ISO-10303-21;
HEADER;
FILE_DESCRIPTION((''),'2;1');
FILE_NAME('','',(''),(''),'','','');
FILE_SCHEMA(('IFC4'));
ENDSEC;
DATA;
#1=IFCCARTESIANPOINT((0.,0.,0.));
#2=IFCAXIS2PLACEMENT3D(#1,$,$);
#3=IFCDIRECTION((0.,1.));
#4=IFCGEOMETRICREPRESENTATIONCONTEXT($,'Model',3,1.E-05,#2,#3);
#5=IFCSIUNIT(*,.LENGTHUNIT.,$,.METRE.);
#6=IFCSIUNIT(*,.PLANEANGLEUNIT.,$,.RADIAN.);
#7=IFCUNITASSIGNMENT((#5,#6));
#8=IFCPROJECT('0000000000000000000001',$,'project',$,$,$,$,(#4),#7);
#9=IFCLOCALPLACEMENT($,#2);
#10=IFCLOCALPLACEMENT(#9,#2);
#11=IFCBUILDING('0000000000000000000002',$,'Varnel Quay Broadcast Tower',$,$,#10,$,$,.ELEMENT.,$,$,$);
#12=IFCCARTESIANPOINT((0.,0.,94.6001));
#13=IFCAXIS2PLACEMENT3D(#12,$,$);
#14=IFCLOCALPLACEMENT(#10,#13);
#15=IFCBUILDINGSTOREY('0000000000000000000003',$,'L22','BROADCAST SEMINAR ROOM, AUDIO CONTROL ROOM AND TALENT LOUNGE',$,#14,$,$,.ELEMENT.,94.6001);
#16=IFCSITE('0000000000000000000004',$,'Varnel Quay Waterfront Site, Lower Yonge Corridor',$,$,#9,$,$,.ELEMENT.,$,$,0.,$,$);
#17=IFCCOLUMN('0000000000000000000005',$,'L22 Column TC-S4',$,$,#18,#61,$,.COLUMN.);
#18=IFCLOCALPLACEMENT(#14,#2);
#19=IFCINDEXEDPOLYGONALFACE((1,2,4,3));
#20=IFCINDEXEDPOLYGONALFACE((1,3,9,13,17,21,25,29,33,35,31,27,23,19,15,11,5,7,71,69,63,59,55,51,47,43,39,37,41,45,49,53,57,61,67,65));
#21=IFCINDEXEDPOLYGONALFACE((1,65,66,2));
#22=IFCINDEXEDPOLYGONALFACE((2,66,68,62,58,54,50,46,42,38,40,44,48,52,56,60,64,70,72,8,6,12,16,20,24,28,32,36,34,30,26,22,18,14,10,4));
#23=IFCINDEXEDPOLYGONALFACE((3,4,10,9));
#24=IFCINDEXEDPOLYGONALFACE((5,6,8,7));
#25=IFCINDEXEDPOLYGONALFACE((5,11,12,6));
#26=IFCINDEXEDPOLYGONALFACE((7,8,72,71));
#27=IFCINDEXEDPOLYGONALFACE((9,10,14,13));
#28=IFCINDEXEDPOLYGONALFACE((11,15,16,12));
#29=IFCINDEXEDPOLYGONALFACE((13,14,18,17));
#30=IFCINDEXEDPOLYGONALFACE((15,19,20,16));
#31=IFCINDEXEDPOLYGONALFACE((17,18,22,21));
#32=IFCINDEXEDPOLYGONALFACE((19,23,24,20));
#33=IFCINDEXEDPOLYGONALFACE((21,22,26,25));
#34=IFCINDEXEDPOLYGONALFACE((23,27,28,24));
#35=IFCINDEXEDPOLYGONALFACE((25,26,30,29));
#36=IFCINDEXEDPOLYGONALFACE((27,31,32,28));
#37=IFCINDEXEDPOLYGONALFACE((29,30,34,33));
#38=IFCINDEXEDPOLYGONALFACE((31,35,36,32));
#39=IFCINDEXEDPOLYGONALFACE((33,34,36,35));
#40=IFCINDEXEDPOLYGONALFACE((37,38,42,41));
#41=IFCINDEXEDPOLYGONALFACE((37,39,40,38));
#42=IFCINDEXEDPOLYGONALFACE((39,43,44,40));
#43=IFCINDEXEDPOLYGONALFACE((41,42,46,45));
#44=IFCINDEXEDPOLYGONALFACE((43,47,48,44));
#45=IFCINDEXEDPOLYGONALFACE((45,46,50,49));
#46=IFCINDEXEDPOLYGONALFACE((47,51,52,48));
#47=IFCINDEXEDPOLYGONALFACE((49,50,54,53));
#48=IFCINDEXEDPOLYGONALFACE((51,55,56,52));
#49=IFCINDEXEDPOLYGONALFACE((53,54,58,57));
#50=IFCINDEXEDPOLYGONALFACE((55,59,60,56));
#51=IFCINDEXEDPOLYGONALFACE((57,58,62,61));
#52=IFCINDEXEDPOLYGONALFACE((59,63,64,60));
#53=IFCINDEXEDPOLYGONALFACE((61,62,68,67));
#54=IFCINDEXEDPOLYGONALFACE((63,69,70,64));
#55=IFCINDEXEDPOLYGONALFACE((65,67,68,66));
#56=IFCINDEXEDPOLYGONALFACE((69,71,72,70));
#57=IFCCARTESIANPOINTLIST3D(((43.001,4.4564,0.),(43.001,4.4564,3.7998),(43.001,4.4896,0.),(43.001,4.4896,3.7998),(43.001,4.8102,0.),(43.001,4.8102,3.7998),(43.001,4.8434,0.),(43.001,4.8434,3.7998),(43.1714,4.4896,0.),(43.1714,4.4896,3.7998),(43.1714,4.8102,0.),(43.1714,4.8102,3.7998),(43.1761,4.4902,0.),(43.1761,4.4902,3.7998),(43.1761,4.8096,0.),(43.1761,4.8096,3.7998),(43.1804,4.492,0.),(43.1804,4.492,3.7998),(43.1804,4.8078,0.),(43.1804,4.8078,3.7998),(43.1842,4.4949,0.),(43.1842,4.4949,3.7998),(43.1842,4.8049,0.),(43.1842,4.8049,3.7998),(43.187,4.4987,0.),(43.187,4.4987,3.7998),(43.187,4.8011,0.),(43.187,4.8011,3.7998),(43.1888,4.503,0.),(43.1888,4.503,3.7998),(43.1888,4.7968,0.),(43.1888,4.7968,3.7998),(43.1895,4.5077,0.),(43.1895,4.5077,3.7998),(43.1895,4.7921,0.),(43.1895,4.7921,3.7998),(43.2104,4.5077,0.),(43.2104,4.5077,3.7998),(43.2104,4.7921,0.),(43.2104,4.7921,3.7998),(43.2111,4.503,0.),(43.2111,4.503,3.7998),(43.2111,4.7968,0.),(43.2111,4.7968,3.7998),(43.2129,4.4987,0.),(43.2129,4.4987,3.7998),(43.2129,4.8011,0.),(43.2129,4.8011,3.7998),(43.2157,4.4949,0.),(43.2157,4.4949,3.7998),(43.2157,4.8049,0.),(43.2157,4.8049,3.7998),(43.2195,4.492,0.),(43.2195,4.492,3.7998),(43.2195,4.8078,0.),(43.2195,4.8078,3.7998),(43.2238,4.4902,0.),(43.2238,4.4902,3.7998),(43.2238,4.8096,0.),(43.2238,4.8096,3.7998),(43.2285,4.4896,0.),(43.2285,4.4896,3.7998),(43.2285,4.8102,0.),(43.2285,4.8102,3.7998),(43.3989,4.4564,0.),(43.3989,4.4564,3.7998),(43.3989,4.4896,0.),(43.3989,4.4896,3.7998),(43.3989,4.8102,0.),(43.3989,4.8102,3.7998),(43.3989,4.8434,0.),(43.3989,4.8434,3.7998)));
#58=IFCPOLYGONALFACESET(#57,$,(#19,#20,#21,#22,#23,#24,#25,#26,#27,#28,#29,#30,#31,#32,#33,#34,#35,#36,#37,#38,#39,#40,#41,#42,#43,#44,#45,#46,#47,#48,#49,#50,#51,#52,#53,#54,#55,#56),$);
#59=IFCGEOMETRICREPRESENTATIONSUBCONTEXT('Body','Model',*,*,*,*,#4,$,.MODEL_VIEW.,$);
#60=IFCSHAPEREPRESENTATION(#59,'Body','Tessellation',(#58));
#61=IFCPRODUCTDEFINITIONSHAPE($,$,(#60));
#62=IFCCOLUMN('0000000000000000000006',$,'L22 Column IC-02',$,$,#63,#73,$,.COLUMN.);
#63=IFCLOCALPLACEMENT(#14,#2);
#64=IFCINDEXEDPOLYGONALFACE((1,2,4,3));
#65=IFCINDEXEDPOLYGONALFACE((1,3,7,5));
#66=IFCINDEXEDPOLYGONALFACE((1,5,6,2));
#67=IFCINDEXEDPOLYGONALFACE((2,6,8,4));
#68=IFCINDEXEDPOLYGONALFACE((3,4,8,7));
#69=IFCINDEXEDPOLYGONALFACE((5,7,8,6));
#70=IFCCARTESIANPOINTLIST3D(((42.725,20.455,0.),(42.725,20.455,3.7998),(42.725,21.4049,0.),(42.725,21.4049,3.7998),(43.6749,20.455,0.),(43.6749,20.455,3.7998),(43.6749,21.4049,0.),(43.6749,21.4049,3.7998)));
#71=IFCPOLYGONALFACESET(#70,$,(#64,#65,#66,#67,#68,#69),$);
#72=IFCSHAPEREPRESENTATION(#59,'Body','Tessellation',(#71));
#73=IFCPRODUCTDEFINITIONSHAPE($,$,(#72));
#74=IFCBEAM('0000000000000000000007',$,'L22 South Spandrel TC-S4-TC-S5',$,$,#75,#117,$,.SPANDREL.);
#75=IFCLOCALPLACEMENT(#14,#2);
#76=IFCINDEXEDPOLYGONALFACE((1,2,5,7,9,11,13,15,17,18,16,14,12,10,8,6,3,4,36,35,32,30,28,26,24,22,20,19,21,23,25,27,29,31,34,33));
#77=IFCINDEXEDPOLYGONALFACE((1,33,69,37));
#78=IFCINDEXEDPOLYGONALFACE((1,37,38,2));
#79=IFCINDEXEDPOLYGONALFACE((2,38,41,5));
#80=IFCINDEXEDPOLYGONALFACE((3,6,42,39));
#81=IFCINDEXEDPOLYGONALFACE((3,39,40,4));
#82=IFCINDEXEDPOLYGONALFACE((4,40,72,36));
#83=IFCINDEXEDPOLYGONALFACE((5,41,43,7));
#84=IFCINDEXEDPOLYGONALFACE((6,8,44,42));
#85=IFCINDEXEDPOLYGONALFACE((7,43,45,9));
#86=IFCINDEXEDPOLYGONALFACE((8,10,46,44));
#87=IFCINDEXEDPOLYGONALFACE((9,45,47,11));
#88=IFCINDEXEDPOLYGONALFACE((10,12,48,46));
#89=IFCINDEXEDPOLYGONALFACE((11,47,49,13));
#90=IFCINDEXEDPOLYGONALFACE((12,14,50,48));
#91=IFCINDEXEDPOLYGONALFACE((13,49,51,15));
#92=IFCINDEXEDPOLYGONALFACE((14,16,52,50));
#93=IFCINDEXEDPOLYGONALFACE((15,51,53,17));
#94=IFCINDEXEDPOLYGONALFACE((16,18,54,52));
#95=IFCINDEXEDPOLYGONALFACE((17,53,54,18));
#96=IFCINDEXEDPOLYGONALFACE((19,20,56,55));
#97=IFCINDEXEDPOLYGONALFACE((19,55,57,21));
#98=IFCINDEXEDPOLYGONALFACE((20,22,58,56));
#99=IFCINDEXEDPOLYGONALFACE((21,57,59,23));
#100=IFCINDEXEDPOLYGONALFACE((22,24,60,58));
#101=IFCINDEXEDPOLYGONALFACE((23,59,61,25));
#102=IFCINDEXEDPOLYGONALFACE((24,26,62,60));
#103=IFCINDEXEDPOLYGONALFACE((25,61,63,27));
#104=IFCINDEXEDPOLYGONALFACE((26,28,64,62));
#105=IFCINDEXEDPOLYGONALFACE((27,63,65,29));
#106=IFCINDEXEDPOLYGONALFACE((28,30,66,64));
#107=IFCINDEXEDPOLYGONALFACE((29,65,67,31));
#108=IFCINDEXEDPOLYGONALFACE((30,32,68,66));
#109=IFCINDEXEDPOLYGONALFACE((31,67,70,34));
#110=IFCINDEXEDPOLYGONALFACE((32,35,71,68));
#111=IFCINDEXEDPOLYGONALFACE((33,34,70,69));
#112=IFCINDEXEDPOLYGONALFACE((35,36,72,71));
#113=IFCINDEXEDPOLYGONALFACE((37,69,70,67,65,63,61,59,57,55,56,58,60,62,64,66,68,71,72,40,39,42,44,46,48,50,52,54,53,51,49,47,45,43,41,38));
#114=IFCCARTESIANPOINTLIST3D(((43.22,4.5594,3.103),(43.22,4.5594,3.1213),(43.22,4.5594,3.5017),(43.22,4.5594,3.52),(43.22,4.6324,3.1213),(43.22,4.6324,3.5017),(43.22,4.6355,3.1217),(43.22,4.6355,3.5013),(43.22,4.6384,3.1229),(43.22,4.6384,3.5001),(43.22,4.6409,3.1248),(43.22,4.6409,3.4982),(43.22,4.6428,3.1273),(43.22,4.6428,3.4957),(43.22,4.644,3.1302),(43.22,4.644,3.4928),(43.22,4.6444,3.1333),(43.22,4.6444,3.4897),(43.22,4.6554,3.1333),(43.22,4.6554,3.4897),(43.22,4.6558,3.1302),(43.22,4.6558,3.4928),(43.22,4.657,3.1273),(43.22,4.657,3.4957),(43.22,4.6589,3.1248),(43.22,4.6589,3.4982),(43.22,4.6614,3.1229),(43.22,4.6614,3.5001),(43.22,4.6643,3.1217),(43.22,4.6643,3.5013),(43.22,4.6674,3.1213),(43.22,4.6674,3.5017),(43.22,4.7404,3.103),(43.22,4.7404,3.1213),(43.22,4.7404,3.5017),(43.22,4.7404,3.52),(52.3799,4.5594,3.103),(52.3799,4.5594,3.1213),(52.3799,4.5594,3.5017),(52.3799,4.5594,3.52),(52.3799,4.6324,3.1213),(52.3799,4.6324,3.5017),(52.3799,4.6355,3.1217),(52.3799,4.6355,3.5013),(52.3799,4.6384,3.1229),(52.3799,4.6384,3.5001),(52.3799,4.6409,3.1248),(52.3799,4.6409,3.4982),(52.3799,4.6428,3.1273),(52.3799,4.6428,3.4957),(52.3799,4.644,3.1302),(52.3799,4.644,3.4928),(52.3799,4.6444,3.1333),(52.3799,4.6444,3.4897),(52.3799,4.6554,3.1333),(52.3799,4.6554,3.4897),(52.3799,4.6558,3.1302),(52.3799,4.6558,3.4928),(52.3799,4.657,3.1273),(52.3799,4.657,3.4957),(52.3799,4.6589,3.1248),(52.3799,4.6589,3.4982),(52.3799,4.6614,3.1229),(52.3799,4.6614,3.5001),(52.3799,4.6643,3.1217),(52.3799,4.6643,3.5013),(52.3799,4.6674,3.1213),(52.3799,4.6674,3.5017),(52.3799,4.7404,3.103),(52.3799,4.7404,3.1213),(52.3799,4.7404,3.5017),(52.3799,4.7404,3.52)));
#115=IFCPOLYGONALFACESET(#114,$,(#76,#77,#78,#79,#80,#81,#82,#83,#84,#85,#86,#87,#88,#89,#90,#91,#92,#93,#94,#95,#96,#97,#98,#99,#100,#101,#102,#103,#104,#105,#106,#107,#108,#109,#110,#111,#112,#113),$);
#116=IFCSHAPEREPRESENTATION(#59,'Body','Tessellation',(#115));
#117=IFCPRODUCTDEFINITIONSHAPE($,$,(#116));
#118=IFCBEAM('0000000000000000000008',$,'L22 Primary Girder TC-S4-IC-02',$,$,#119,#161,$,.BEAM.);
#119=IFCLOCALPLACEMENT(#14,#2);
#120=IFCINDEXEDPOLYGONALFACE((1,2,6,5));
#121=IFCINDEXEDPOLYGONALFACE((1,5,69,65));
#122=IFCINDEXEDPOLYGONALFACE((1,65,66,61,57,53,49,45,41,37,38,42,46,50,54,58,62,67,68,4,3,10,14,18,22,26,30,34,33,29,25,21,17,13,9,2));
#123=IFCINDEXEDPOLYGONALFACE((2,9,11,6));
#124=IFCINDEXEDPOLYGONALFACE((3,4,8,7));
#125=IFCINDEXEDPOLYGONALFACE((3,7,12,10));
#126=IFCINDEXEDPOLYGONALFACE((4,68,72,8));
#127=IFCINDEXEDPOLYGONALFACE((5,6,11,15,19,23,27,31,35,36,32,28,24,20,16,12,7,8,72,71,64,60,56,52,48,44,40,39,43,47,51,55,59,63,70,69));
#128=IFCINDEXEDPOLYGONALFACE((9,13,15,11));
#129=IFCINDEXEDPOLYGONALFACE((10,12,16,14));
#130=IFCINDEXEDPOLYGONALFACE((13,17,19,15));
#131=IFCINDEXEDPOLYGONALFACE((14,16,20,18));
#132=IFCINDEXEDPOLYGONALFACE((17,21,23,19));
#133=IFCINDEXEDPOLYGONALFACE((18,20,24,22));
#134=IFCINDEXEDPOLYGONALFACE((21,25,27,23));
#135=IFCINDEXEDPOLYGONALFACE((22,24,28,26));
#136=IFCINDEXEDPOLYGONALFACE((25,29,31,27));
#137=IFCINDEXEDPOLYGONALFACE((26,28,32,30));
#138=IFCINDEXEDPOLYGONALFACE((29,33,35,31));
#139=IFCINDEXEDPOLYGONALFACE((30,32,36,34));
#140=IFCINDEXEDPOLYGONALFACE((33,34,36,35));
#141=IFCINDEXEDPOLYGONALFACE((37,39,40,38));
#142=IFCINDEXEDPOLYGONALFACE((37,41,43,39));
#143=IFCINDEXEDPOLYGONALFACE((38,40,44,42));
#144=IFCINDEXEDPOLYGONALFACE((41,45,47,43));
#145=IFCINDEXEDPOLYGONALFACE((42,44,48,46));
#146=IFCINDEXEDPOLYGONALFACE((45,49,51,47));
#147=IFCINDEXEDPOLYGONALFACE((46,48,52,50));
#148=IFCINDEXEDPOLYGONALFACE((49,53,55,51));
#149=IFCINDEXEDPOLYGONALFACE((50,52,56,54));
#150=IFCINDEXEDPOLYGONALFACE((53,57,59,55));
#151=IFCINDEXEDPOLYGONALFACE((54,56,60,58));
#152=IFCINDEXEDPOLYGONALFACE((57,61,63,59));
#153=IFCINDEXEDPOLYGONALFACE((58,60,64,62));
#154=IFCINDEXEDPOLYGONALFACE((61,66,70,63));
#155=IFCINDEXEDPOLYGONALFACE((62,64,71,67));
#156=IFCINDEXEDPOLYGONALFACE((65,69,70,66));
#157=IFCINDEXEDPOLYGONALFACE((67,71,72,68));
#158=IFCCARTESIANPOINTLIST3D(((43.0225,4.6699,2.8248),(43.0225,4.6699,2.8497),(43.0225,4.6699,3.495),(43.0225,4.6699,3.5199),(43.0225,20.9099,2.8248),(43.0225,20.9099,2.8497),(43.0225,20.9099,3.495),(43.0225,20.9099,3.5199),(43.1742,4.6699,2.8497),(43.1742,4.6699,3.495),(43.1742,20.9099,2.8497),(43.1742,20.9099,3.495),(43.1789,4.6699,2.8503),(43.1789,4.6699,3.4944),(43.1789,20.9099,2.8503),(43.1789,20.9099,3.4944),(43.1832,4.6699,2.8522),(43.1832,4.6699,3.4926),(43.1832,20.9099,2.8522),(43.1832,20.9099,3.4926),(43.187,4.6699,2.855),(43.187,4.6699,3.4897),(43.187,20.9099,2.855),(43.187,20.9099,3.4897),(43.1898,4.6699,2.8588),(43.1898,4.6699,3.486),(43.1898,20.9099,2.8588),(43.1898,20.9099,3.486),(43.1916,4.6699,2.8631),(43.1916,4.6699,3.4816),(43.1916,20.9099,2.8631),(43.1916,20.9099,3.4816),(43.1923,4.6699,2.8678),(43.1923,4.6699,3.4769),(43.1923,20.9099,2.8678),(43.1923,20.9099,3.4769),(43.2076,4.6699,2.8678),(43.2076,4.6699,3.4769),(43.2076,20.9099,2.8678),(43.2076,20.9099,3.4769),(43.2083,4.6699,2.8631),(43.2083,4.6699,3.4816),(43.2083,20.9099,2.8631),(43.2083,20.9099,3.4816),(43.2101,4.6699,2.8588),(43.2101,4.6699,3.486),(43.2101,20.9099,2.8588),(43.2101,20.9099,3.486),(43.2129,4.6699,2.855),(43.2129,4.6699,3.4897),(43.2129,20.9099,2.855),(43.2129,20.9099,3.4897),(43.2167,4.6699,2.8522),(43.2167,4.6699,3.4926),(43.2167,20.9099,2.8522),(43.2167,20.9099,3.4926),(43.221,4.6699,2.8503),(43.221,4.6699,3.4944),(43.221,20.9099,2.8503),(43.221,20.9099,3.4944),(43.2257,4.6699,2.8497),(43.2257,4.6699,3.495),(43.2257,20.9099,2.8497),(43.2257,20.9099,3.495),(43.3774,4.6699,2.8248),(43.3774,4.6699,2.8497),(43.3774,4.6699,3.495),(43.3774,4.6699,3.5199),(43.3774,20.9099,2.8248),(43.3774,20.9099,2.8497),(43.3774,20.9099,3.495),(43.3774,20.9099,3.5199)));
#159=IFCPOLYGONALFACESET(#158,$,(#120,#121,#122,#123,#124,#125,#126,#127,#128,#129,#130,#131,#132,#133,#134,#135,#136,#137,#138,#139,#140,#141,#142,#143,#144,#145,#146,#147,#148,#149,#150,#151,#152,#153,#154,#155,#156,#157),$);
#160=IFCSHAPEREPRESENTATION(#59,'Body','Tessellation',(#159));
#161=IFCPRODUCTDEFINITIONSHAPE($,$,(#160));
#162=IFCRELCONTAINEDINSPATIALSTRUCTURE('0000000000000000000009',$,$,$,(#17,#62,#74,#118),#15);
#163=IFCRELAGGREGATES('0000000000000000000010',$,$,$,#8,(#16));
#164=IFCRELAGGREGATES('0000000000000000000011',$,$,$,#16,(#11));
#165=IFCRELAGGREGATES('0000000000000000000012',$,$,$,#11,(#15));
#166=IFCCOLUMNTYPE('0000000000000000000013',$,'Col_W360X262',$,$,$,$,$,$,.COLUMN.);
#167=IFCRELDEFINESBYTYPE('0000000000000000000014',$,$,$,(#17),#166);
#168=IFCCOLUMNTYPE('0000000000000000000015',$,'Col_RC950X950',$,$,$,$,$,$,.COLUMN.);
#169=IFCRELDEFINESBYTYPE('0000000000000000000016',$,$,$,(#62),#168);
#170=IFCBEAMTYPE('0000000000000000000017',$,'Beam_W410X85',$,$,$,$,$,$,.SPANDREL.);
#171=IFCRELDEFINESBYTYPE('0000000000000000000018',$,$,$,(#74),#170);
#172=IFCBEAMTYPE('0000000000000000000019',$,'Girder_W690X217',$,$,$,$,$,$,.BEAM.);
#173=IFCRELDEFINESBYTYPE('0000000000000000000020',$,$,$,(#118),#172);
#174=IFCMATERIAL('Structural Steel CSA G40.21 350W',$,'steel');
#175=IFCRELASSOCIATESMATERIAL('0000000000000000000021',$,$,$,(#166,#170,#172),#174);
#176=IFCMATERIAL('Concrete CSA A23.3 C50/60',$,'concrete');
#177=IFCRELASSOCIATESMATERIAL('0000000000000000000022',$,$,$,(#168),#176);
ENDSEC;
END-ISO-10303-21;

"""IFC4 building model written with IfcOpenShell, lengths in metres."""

from ifc_helpers import new_model, si_unit, direction, frame, origin, origin_2d, place, context, subcontext, project, spatial, rectangle, i_section, extrude, source, transform, mapped, material, material_profile, profile_set, type_object, type_shapes, element, save


model = new_model("IFC4")

# Units and contexts
model_context = context("Model", 3, precision=1e-05, world=origin(), true_north=direction((0.0, 1.0)))
body_context = subcontext(model_context, "Body", "Model", "MODEL_VIEW")
ifc_project = project(units=[si_unit("LENGTHUNIT", "METRE"), si_unit("PLANEANGLEUNIT", "RADIAN")], contexts=[model_context])

# Site, building, storey
site_placement = place(None, origin())
site = spatial("IfcSite", under=ifc_project, at=site_placement, Name="Varnel Quay Waterfront Site, Lower Yonge Corridor", CompositionType="ELEMENT", RefElevation=0.0)
building_placement = place(site_placement, origin())
building = spatial("IfcBuilding", under=site, at=building_placement, Name="Varnel Quay Broadcast Tower", CompositionType="ELEMENT")
storey_placement = place(building_placement, frame((0.0, 0.0, 94.6001)))
storey = spatial("IfcBuildingStorey", under=building, at=storey_placement, Name="L22", Description="BROADCAST SEMINAR ROOM, AUDIO CONTROL ROOM AND TALENT LOUNGE", CompositionType="ELEMENT", Elevation=94.6001)

# Columns
ifc_material_1 = material(Name="Structural Steel CSA G40.21 350W", Category="steel")
ifc_material_profile_1 = material_profile(ifc_material_1, i_section(OverallWidth=0.3979, OverallDepth=0.387, WebThickness=0.021, FlangeThickness=0.0332, FilletRadius=0.0181, at=origin_2d()), Name="W360X262")
ifc_profile_set_1 = profile_set([ifc_material_profile_1], Name="Structural Steel CSA G40.21 350W")
column_type_1 = type_object("IfcColumnType", Name="Col_W360X262", PredefinedType="COLUMN", material=ifc_profile_set_1)
shared_shape_1 = source(origin(), body_context, "Body", "SweptSolid", [
    extrude(i_section(OverallWidth=0.3979, OverallDepth=0.387, WebThickness=0.021, FlangeThickness=0.0332, FilletRadius=0.0181, at=origin_2d()), origin(), (0.0, 0.0, 1.0), 3.7998),
])
type_shapes(column_type_1, [shared_shape_1])
column_1_placement = place(storey_placement, frame((43.2, 4.6499, 0.0), z_axis=(0.0, 0.0, 1.0), x_axis=(1.0, 0.0, 0.0)))
element("IfcColumn", 1, at=column_1_placement, inside=storey, type_object=column_type_1, Name="L22 Column TC-S4", PredefinedType="COLUMN", context=body_context, shape_type="MappedRepresentation", body=[
    mapped(shared_shape_1, transform((0.0, 0.0, 0.0), x_axis=(1.0, 0.0, 0.0), y_axis=(0.0, 1.0, 0.0), z_axis=(0.0, 0.0, 1.0), scale=1.0)),
])
ifc_material_2 = material(Name="Concrete CSA A23.3 C50/60", Category="concrete")
ifc_material_profile_2 = material_profile(ifc_material_2, rectangle(XDim=0.95, YDim=0.95, at=origin_2d()), Name="RC950X950")
ifc_profile_set_2 = profile_set([ifc_material_profile_2], Name="Concrete CSA A23.3 C50/60")
column_type_2 = type_object("IfcColumnType", Name="Col_RC950X950", PredefinedType="COLUMN", material=ifc_profile_set_2)
shared_shape_2 = source(origin(), body_context, "Body", "SweptSolid", [
    extrude(rectangle(XDim=0.95, YDim=0.95, at=origin_2d()), origin(), (0.0, 0.0, 1.0), 3.7998),
])
type_shapes(column_type_2, [shared_shape_2])
column_2_placement = place(storey_placement, frame((43.2, 20.9299, 0.0), z_axis=(0.0, 0.0, 1.0), x_axis=(1.0, 0.0, 0.0)))
element("IfcColumn", 2, at=column_2_placement, inside=storey, type_object=column_type_2, Name="L22 Column IC-02", PredefinedType="COLUMN", context=body_context, shape_type="MappedRepresentation", body=[
    mapped(shared_shape_2, transform((0.0, 0.0, 0.0), x_axis=(1.0, 0.0, 0.0), y_axis=(0.0, 1.0, 0.0), z_axis=(0.0, 0.0, 1.0), scale=1.0)),
])

# Beams
ifc_material_profile_3 = material_profile(ifc_material_1, i_section(OverallWidth=0.1809, OverallDepth=0.417, WebThickness=0.011, FlangeThickness=0.0183, FilletRadius=0.012, at=origin_2d()), Name="W410X85")
ifc_profile_set_3 = profile_set([ifc_material_profile_3], Name="Structural Steel CSA G40.21 350W")
beam_type_1 = type_object("IfcBeamType", Name="Beam_W410X85", PredefinedType="SPANDREL", material=ifc_profile_set_3)
shared_shape_3 = source(origin(), body_context, "Body", "SweptSolid", [
    extrude(i_section(OverallWidth=0.1809, OverallDepth=0.417, WebThickness=0.011, FlangeThickness=0.0183, FilletRadius=0.012, at=origin_2d()), origin(), (0.0, 0.0, 1.0), 9.1599),
])
type_shapes(beam_type_1, [shared_shape_3])
beam_1_placement = place(storey_placement, frame((43.22, 4.6499, 3.3115), z_axis=(1.0, 0.0, 0.0), x_axis=(0.0, 1.0, 0.0)))
element("IfcBeam", 3, at=beam_1_placement, inside=storey, type_object=beam_type_1, Name="L22 South Spandrel TC-S4-TC-S5", PredefinedType="SPANDREL", context=body_context, shape_type="MappedRepresentation", body=[
    mapped(shared_shape_3, transform((0.0, 0.0, 0.0), x_axis=(1.0, 0.0, 0.0), y_axis=(0.0, 1.0, 0.0), z_axis=(0.0, 0.0, 1.0), scale=1.0)),
])
ifc_material_profile_4 = material_profile(ifc_material_1, i_section(OverallWidth=0.355, OverallDepth=0.6951, WebThickness=0.0154, FlangeThickness=0.0249, FilletRadius=0.0181, at=origin_2d()), Name="W690X217")
ifc_profile_set_4 = profile_set([ifc_material_profile_4], Name="Structural Steel CSA G40.21 350W")
beam_type_2 = type_object("IfcBeamType", Name="Girder_W690X217", PredefinedType="BEAM", material=ifc_profile_set_4)
shared_shape_4 = source(origin(), body_context, "Body", "SweptSolid", [
    extrude(i_section(OverallWidth=0.355, OverallDepth=0.6951, WebThickness=0.0154, FlangeThickness=0.0249, FilletRadius=0.0181, at=origin_2d()), origin(), (0.0, 0.0, 1.0), 16.24),
])
beam_2_placement = place(storey_placement, frame((43.2, 4.6699, 3.1724), z_axis=(0.0, 1.0, 0.0), x_axis=(-1.0, 0.0, 0.0)))
element("IfcBeam", 4, at=beam_2_placement, inside=storey, type_object=beam_type_2, Name="L22 Primary Girder TC-S4-IC-02", PredefinedType="BEAM", context=body_context, shape_type="MappedRepresentation", body=[
    mapped(shared_shape_4, transform((0.0, 0.0, 0.0), x_axis=(1.0, 0.0, 0.0), y_axis=(0.0, 1.0, 0.0), z_axis=(0.0, 0.0, 1.0), scale=1.0)),
])

save(model, "model.ifc")
